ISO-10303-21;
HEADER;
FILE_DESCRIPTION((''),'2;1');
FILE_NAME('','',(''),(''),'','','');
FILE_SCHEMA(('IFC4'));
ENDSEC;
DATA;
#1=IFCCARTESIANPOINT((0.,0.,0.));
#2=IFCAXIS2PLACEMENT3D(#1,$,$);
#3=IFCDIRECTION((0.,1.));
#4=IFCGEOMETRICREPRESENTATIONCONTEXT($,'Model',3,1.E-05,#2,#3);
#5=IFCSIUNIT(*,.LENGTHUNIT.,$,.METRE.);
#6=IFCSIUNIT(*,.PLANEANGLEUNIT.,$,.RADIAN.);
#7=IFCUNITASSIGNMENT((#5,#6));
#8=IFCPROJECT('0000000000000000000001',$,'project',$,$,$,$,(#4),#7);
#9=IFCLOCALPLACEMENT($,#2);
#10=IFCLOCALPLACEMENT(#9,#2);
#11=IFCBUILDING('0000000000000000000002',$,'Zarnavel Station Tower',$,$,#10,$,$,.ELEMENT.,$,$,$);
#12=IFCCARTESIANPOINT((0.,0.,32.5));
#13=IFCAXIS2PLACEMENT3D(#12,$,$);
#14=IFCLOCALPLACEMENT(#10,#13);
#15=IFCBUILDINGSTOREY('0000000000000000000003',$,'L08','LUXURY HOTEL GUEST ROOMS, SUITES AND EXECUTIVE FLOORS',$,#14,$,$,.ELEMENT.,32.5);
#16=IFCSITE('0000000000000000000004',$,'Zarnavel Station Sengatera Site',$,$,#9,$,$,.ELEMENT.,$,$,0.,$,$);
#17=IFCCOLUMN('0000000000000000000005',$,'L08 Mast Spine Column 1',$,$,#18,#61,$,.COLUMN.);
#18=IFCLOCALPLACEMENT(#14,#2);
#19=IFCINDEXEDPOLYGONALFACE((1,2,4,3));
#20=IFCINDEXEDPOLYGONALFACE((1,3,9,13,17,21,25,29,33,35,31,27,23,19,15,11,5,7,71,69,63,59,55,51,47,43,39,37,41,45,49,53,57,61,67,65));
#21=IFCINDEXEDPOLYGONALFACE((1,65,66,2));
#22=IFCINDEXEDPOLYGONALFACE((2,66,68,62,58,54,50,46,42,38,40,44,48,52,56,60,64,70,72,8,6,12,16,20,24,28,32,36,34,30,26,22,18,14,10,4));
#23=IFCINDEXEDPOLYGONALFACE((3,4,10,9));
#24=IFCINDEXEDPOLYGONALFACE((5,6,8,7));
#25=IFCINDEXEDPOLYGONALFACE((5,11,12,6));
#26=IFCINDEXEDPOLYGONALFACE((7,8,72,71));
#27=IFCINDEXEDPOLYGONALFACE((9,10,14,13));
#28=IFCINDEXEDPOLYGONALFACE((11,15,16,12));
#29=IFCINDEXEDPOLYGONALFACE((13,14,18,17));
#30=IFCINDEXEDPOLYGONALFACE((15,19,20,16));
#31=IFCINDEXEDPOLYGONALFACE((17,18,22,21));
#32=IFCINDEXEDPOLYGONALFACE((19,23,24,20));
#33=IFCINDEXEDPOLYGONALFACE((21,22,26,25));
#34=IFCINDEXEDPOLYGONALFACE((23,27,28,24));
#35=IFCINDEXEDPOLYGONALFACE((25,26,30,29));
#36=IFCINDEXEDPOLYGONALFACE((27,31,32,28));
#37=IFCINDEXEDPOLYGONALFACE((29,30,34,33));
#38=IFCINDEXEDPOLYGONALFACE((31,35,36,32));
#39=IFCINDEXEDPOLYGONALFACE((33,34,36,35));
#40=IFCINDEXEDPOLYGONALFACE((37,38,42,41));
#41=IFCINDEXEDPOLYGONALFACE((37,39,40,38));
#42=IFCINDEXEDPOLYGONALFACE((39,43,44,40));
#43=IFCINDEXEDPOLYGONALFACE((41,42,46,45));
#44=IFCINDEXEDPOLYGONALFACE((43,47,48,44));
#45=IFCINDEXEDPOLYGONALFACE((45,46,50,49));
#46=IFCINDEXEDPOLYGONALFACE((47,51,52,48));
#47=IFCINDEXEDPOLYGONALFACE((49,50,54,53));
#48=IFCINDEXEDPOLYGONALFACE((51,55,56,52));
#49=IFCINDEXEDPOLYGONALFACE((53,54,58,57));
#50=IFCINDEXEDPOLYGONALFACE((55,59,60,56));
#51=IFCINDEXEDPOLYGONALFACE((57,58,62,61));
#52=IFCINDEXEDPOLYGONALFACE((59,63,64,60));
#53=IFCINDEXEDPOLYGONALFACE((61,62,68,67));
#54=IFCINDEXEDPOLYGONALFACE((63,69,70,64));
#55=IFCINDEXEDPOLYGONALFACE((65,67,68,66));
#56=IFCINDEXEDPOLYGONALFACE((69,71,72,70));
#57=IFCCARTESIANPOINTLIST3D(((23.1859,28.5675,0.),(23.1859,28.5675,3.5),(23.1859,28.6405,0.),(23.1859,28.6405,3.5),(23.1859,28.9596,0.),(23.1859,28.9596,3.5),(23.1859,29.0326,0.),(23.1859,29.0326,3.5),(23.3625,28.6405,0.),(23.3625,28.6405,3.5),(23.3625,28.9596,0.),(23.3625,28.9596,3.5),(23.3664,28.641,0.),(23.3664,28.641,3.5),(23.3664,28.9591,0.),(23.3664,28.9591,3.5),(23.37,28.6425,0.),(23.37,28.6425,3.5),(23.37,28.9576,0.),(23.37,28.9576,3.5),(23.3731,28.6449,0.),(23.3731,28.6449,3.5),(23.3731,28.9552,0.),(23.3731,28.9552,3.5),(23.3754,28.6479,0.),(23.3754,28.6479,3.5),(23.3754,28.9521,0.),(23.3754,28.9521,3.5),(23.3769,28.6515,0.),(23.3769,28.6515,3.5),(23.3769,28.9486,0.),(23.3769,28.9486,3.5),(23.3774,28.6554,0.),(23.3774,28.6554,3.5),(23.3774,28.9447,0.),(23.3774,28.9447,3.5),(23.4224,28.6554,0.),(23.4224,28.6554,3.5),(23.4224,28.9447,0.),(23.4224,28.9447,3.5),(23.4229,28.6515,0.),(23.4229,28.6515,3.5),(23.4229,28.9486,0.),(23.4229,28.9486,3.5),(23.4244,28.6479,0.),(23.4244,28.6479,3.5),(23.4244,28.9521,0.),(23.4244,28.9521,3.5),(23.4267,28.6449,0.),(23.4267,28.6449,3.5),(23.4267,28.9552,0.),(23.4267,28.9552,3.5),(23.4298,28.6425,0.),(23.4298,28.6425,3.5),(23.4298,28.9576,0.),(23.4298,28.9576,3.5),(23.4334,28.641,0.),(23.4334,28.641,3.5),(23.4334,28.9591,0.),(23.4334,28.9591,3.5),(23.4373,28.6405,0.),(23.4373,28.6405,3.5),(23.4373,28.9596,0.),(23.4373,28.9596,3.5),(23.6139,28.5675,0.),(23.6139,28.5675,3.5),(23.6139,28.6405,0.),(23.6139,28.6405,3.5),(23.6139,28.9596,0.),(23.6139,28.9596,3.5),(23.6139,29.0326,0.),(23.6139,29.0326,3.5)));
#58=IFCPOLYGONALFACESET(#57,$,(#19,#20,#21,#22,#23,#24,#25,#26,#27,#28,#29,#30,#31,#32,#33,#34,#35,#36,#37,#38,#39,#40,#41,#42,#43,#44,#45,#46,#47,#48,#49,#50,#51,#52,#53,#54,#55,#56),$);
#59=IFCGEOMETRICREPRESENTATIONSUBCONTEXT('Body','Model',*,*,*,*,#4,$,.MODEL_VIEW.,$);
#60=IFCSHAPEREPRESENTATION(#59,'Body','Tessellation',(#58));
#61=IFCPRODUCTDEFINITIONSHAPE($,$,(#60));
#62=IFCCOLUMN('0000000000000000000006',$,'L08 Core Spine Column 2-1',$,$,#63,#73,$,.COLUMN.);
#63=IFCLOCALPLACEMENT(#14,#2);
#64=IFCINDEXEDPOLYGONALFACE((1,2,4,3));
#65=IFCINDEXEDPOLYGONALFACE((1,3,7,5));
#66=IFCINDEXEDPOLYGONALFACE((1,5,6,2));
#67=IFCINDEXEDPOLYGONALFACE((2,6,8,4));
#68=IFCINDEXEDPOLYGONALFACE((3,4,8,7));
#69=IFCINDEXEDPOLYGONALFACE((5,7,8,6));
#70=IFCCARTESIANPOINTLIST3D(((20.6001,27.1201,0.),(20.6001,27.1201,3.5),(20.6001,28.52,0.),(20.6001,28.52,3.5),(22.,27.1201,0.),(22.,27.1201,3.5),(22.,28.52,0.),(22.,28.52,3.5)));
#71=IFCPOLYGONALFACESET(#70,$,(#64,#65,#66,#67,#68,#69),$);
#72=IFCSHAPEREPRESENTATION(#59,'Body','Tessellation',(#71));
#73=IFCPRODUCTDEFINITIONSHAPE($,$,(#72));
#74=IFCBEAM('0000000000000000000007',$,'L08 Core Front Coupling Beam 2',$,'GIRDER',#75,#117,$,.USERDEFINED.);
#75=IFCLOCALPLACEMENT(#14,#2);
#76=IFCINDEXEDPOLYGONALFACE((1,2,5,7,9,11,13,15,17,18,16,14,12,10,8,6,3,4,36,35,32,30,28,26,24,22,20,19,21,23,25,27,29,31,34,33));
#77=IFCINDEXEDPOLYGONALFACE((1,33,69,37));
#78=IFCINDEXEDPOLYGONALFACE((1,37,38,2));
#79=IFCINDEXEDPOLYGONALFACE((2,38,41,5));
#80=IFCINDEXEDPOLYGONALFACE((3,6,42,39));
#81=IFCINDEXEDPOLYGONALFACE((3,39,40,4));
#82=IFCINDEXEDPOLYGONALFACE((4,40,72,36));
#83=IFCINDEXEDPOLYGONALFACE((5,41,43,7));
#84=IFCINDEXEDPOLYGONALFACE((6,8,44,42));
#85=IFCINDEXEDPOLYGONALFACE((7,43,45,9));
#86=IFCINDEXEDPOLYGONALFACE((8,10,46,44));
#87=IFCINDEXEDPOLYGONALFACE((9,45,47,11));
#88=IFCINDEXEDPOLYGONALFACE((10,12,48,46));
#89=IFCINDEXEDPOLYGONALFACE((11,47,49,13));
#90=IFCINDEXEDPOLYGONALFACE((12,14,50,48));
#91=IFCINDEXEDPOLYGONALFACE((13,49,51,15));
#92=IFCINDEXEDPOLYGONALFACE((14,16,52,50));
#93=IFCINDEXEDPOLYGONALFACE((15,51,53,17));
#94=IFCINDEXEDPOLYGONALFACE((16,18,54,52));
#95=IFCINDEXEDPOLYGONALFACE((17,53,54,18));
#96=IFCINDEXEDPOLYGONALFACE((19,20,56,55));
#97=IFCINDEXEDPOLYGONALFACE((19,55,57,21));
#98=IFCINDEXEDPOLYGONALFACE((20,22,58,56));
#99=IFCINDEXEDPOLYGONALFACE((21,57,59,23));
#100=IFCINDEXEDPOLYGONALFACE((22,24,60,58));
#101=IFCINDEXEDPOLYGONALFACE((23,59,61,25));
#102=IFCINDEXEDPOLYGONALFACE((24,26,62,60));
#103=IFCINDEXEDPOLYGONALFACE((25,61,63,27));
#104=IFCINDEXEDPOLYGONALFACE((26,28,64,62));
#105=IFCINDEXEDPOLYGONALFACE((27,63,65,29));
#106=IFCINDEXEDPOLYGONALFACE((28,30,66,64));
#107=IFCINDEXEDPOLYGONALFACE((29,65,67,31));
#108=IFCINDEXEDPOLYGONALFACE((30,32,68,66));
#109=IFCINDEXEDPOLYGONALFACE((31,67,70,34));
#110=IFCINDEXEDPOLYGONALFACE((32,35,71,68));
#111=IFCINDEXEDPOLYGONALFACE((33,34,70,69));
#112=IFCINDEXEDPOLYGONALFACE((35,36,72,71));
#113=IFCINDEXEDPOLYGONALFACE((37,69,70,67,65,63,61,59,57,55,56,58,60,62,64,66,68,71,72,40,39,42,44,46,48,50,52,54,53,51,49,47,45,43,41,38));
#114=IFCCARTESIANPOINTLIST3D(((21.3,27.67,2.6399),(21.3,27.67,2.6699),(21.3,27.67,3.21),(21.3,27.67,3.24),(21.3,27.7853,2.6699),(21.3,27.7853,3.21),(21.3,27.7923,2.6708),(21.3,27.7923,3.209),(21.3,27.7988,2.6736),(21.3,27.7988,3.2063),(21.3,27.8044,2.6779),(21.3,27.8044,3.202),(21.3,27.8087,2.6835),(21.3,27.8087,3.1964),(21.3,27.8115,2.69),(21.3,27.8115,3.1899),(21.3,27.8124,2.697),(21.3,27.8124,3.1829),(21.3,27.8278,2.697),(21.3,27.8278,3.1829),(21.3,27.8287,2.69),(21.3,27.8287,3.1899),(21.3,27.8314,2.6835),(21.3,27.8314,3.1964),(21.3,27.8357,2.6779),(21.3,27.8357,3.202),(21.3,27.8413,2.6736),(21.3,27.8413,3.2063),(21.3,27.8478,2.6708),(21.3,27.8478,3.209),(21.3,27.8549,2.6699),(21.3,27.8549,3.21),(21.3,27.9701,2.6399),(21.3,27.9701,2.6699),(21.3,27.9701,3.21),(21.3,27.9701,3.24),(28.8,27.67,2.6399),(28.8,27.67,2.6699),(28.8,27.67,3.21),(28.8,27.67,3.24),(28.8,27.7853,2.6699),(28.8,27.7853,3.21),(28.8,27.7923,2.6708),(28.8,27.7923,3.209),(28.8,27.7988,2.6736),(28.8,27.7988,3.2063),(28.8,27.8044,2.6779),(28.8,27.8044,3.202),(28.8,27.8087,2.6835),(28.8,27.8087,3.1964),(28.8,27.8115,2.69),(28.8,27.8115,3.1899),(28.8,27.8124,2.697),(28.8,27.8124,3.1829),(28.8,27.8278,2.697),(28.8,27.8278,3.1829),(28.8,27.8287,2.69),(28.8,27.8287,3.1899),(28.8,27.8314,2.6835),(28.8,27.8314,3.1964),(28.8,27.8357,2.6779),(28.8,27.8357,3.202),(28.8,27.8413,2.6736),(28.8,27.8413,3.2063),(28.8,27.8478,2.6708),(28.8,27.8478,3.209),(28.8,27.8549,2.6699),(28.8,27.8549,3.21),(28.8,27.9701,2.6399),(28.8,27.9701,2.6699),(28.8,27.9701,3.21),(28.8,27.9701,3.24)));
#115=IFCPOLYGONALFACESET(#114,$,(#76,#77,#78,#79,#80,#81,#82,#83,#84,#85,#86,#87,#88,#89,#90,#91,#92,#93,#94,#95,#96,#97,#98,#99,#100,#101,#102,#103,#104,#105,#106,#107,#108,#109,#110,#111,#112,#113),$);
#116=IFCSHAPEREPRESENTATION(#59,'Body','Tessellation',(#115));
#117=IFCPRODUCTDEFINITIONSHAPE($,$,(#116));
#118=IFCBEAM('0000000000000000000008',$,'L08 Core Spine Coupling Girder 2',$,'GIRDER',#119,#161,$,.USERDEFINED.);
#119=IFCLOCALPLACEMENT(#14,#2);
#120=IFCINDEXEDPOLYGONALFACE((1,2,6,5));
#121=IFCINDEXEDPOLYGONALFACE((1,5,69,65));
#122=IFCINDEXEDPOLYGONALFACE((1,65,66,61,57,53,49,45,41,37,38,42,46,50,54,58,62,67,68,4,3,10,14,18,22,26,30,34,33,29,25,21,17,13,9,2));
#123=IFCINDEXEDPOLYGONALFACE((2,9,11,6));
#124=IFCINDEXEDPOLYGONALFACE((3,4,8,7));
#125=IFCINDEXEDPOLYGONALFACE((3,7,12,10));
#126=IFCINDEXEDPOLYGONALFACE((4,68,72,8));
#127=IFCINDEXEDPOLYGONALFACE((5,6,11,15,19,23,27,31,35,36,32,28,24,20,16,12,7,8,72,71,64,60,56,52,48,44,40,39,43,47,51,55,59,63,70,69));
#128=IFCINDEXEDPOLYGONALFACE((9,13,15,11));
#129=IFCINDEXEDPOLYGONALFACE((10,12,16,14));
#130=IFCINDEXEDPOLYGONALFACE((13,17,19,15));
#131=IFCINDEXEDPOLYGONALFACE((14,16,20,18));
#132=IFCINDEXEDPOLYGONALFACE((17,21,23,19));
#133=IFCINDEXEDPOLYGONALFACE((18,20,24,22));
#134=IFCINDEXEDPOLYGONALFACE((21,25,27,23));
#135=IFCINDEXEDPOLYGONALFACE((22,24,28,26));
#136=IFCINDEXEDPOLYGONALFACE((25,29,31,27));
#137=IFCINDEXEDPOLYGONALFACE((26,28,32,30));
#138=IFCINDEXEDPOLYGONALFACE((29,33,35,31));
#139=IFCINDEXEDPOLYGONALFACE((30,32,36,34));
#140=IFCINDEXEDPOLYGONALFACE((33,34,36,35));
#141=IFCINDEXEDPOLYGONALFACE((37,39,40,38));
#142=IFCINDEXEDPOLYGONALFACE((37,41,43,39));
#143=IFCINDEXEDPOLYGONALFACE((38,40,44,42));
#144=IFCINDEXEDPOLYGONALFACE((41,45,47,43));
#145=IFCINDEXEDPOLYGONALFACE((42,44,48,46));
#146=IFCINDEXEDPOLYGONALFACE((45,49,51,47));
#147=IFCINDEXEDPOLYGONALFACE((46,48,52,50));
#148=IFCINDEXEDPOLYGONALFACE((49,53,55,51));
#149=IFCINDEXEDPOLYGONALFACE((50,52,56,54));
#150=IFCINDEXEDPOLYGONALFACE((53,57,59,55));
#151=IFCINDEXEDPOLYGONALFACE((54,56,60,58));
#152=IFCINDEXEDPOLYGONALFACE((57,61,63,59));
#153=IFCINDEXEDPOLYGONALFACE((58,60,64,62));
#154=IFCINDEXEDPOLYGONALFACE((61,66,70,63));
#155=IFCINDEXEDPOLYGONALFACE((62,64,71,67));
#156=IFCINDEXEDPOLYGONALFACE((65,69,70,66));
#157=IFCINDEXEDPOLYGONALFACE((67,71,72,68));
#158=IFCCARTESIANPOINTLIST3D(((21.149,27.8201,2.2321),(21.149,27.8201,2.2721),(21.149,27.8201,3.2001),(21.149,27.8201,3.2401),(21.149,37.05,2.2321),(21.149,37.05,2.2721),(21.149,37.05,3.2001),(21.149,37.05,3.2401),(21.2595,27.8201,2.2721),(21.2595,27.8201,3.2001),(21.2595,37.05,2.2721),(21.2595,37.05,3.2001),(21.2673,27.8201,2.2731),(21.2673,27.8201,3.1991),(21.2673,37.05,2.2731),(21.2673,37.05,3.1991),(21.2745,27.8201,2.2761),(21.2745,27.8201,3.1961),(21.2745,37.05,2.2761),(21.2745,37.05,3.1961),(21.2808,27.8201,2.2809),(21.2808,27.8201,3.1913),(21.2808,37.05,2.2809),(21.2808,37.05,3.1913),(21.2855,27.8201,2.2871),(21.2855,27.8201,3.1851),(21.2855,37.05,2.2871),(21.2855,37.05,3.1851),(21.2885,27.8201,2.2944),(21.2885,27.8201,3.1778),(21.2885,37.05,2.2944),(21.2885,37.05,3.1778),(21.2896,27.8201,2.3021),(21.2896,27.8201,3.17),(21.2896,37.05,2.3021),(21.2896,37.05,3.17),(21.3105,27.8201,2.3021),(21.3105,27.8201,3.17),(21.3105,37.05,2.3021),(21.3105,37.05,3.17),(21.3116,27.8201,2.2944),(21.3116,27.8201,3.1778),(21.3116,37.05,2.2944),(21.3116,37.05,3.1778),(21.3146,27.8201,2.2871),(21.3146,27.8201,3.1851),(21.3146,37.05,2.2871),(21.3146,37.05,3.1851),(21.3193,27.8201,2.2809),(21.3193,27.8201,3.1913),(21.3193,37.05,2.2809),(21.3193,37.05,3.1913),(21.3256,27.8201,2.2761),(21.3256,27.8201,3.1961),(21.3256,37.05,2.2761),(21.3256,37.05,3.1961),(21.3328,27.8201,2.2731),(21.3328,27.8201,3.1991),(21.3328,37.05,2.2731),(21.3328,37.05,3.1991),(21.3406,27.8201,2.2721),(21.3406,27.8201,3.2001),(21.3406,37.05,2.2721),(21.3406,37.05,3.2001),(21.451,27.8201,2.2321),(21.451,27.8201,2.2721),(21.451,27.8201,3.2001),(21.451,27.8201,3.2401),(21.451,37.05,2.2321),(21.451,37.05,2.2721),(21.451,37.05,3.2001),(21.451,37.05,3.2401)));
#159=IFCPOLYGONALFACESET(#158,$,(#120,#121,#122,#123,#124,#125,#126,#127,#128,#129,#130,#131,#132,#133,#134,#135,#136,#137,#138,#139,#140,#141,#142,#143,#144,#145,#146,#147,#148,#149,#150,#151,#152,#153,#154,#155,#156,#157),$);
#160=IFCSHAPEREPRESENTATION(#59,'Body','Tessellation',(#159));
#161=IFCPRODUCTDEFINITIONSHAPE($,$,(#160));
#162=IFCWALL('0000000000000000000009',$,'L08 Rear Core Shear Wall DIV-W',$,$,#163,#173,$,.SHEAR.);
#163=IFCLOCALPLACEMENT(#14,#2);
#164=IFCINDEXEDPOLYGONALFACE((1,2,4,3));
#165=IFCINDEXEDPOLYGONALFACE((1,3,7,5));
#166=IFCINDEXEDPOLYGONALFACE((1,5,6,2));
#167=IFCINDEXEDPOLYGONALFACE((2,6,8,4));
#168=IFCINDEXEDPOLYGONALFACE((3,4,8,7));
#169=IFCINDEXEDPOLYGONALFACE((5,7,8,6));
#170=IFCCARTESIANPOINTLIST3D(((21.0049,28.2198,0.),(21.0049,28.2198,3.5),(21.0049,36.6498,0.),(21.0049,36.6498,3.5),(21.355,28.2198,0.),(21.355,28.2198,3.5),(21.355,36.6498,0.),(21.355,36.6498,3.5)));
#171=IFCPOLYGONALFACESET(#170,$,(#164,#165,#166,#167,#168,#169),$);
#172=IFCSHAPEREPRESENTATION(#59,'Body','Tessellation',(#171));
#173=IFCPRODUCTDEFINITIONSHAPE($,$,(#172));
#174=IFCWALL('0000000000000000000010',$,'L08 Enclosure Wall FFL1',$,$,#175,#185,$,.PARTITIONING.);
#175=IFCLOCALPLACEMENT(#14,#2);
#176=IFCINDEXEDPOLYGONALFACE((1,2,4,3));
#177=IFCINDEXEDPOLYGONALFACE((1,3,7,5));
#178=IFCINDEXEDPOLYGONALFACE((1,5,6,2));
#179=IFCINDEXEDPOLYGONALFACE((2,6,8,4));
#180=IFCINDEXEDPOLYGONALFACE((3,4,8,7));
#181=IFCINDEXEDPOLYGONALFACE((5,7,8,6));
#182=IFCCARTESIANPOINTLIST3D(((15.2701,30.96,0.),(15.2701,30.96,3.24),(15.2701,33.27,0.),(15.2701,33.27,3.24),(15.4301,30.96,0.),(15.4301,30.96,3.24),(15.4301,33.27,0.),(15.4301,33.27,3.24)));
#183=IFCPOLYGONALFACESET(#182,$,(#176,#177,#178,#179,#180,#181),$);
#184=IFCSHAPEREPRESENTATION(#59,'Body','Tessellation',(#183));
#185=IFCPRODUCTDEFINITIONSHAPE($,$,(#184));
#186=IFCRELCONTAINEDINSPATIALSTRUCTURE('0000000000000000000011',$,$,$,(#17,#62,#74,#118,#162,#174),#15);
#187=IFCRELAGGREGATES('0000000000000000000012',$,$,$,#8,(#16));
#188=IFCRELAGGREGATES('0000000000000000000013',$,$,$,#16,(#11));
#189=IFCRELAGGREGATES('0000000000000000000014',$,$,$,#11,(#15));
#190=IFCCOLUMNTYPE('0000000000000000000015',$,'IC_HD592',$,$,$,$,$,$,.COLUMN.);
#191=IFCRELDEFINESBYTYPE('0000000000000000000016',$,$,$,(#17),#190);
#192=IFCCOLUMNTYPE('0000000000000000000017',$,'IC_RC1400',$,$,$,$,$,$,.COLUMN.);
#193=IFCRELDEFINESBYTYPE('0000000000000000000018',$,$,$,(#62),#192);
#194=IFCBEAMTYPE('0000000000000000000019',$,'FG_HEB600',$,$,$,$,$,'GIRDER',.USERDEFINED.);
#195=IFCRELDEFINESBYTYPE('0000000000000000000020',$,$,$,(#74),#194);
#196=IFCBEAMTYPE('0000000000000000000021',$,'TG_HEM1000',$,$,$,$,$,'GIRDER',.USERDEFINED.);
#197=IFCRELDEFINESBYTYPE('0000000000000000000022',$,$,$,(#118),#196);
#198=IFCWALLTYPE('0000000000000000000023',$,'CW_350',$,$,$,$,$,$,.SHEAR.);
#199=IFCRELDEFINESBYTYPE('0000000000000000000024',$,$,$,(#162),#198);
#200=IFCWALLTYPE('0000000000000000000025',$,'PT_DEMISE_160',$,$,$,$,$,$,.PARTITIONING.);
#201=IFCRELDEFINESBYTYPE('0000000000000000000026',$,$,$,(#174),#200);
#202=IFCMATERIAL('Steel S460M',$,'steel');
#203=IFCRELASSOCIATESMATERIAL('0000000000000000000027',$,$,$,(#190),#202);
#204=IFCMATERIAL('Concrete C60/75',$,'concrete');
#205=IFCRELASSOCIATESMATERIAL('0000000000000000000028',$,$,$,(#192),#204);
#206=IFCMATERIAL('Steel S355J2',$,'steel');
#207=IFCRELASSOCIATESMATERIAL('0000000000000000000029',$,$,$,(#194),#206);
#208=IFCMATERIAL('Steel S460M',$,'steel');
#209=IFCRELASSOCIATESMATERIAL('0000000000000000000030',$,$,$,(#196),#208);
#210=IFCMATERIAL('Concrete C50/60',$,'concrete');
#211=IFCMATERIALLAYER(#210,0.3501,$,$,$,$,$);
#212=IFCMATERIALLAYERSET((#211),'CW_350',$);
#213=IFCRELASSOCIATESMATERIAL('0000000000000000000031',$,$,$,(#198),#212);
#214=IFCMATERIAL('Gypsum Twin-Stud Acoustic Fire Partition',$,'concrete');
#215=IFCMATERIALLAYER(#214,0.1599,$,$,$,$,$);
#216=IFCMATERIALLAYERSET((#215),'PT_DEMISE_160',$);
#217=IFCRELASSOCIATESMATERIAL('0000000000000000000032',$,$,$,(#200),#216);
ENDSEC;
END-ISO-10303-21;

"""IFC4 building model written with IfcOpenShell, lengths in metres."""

from ifc_helpers import new_model, si_unit, direction, frame, frame_2d, origin, origin_2d, place, context, subcontext, project, spatial, rectangle, i_section, extrude, material, layer, layer_set, material_profile, profile_set, type_object, element, save


model = new_model("IFC4")

# Units and contexts
model_context = context("Model", 3, precision=1e-05, world=origin(), true_north=direction((0.0, 1.0)))
body_context = subcontext(model_context, "Body", "Model", "MODEL_VIEW")
ifc_project = project(units=[si_unit("LENGTHUNIT", "METRE"), si_unit("PLANEANGLEUNIT", "RADIAN")], contexts=[model_context])

# Site, building, storey
site_placement = place(None, origin())
site = spatial("IfcSite", under=ifc_project, at=site_placement, Name="Zarnavel Station Sengatera Site", CompositionType="ELEMENT", RefElevation=0.0)
building_placement = place(site_placement, origin())
building = spatial("IfcBuilding", under=site, at=building_placement, Name="Zarnavel Station Tower", CompositionType="ELEMENT")
storey_placement = place(building_placement, frame((0.0, 0.0, 32.5)))
storey = spatial("IfcBuildingStorey", under=building, at=storey_placement, Name="L08", Description="LUXURY HOTEL GUEST ROOMS, SUITES AND EXECUTIVE FLOORS", CompositionType="ELEMENT", Elevation=32.5)

# Columns
ifc_material_1 = material(Name="Steel S460M", Category="steel")
ifc_material_profile_1 = material_profile(ifc_material_1, i_section(OverallWidth=0.428, OverallDepth=0.4651, WebThickness=0.0449, FlangeThickness=0.073, FilletRadius=0.0149, at=origin_2d()), Name="HD400x592")
ifc_profile_set_1 = profile_set([ifc_material_profile_1], Name="Steel S460M")
column_type_1 = type_object("IfcColumnType", Name="IC_HD592", PredefinedType="COLUMN", material=ifc_profile_set_1)
column_1_placement = place(storey_placement, frame((23.3999, 28.8, 0.0), z_axis=(0.0, 0.0, 1.0), x_axis=(1.0, 0.0, 0.0)))
element("IfcColumn", 1, at=column_1_placement, inside=storey, type_object=column_type_1, Name="L08 Mast Spine Column 1", PredefinedType="COLUMN", context=body_context, shape_type="SweptSolid", body=[
    extrude(i_section(OverallWidth=0.428, OverallDepth=0.4651, WebThickness=0.0449, FlangeThickness=0.073, FilletRadius=0.0149, at=origin_2d()), origin(), (0.0, 0.0, 1.0), 3.5),
])
ifc_material_2 = material(Name="Concrete C60/75", Category="concrete")
ifc_material_profile_2 = material_profile(ifc_material_2, rectangle(XDim=1.3999, YDim=1.3999, at=origin_2d()), Name="RC1400x1400")
ifc_profile_set_2 = profile_set([ifc_material_profile_2], Name="Concrete C60/75")
column_type_2 = type_object("IfcColumnType", Name="IC_RC1400", PredefinedType="COLUMN", material=ifc_profile_set_2)
column_2_placement = place(storey_placement, frame((21.3, 27.8201, 0.0), z_axis=(0.0, 0.0, 1.0), x_axis=(1.0, 0.0, 0.0)))
element("IfcColumn", 2, at=column_2_placement, inside=storey, type_object=column_type_2, Name="L08 Core Spine Column 2-1", PredefinedType="COLUMN", context=body_context, shape_type="SweptSolid", body=[
    extrude(rectangle(XDim=1.3999, YDim=1.3999, at=origin_2d()), origin(), (0.0, 0.0, 1.0), 3.5),
])

# Beams
ifc_material_3 = material(Name="Steel S355J2", Category="steel")
ifc_material_profile_3 = material_profile(ifc_material_3, i_section(OverallWidth=0.3, OverallDepth=0.6001, WebThickness=0.0154, FlangeThickness=0.03, FilletRadius=0.0271, at=origin_2d()), Name="HEB600")
ifc_profile_set_3 = profile_set([ifc_material_profile_3], Name="Steel S355J2")
beam_type_1 = type_object("IfcBeamType", Name="FG_HEB600", ElementType="GIRDER", PredefinedType="USERDEFINED", material=ifc_profile_set_3)
beam_1_placement = place(storey_placement, frame((21.3, 27.8201, 2.9399), z_axis=(1.0, 0.0, 0.0), x_axis=(0.0, 1.0, 0.0)))
element("IfcBeam", 3, at=beam_1_placement, inside=storey, type_object=beam_type_1, Name="L08 Core Front Coupling Beam 2", ObjectType="GIRDER", PredefinedType="USERDEFINED", context=body_context, shape_type="SweptSolid", body=[
    extrude(i_section(OverallWidth=0.3, OverallDepth=0.6001, WebThickness=0.0154, FlangeThickness=0.03, FilletRadius=0.0271, at=origin_2d()), origin(), (0.0, 0.0, 1.0), 7.5),
])
ifc_material_4 = material(Name="Steel S460M", Category="steel")
ifc_material_profile_4 = material_profile(ifc_material_4, i_section(OverallWidth=0.302, OverallDepth=1.0081, WebThickness=0.021, FlangeThickness=0.04, FilletRadius=0.03, at=origin_2d()), Name="HEM1000")
ifc_profile_set_4 = profile_set([ifc_material_profile_4], Name="Steel S460M")
beam_type_2 = type_object("IfcBeamType", Name="TG_HEM1000", ElementType="GIRDER", PredefinedType="USERDEFINED", material=ifc_profile_set_4)
beam_2_placement = place(storey_placement, frame((21.3, 27.8201, 2.7361), z_axis=(0.0, 1.0, 0.0), x_axis=(-1.0, 0.0, 0.0)))
element("IfcBeam", 4, at=beam_2_placement, inside=storey, type_object=beam_type_2, Name="L08 Core Spine Coupling Girder 2", ObjectType="GIRDER", PredefinedType="USERDEFINED", context=body_context, shape_type="SweptSolid", body=[
    extrude(i_section(OverallWidth=0.302, OverallDepth=1.0081, WebThickness=0.021, FlangeThickness=0.04, FilletRadius=0.03, at=origin_2d()), origin(), (0.0, 0.0, 1.0), 9.23),
])

# Wall
ifc_material_5 = material(Name="Concrete C50/60", Category="concrete")
ifc_layer_1 = layer(ifc_material_5, 0.3501)
ifc_layer_set_1 = layer_set([ifc_layer_1], Name="CW_350")
wall_type_1 = type_object("IfcWallType", Name="CW_350", PredefinedType="SHEAR", material=ifc_layer_set_1)
wall_1_placement = place(storey_placement, frame((21.1799, 28.22, 0.0), z_axis=(0.0, 0.0, 1.0), x_axis=(0.0, 1.0, 0.0)))
element("IfcWall", 5, at=wall_1_placement, inside=storey, type_object=wall_type_1, Name="L08 Rear Core Shear Wall DIV-W", PredefinedType="SHEAR", context=body_context, shape_type="SweptSolid", body=[
    extrude(rectangle(XDim=8.4299, YDim=0.3501, at=frame_2d((4.2148, 0.0))), origin(), (0.0, 0.0, 1.0), 3.5),
])

# Shared definitions
ifc_material_6 = material(Name="Gypsum Twin-Stud Acoustic Fire Partition", Category="concrete")
ifc_layer_2 = layer(ifc_material_6, 0.1599)
ifc_layer_set_2 = layer_set([ifc_layer_2], Name="PT_DEMISE_160")
wall_type_2 = type_object("IfcWallType", Name="PT_DEMISE_160", PredefinedType="PARTITIONING", material=ifc_layer_set_2)

# Wall
wall_2_placement = place(storey_placement, frame((15.3501, 30.96, 0.0), z_axis=(0.0, 0.0, 1.0), x_axis=(0.0, 1.0, 0.0)))
element("IfcWall", 6, at=wall_2_placement, inside=storey, type_object=wall_type_2, Name="L08 Enclosure Wall FFL1", PredefinedType="PARTITIONING", context=body_context, shape_type="SweptSolid", body=[
    extrude(rectangle(XDim=2.3101, YDim=0.1599, at=frame_2d((1.155, 0.0))), origin(), (0.0, 0.0, 1.0), 3.24),
])

save(model, "model.ifc")
